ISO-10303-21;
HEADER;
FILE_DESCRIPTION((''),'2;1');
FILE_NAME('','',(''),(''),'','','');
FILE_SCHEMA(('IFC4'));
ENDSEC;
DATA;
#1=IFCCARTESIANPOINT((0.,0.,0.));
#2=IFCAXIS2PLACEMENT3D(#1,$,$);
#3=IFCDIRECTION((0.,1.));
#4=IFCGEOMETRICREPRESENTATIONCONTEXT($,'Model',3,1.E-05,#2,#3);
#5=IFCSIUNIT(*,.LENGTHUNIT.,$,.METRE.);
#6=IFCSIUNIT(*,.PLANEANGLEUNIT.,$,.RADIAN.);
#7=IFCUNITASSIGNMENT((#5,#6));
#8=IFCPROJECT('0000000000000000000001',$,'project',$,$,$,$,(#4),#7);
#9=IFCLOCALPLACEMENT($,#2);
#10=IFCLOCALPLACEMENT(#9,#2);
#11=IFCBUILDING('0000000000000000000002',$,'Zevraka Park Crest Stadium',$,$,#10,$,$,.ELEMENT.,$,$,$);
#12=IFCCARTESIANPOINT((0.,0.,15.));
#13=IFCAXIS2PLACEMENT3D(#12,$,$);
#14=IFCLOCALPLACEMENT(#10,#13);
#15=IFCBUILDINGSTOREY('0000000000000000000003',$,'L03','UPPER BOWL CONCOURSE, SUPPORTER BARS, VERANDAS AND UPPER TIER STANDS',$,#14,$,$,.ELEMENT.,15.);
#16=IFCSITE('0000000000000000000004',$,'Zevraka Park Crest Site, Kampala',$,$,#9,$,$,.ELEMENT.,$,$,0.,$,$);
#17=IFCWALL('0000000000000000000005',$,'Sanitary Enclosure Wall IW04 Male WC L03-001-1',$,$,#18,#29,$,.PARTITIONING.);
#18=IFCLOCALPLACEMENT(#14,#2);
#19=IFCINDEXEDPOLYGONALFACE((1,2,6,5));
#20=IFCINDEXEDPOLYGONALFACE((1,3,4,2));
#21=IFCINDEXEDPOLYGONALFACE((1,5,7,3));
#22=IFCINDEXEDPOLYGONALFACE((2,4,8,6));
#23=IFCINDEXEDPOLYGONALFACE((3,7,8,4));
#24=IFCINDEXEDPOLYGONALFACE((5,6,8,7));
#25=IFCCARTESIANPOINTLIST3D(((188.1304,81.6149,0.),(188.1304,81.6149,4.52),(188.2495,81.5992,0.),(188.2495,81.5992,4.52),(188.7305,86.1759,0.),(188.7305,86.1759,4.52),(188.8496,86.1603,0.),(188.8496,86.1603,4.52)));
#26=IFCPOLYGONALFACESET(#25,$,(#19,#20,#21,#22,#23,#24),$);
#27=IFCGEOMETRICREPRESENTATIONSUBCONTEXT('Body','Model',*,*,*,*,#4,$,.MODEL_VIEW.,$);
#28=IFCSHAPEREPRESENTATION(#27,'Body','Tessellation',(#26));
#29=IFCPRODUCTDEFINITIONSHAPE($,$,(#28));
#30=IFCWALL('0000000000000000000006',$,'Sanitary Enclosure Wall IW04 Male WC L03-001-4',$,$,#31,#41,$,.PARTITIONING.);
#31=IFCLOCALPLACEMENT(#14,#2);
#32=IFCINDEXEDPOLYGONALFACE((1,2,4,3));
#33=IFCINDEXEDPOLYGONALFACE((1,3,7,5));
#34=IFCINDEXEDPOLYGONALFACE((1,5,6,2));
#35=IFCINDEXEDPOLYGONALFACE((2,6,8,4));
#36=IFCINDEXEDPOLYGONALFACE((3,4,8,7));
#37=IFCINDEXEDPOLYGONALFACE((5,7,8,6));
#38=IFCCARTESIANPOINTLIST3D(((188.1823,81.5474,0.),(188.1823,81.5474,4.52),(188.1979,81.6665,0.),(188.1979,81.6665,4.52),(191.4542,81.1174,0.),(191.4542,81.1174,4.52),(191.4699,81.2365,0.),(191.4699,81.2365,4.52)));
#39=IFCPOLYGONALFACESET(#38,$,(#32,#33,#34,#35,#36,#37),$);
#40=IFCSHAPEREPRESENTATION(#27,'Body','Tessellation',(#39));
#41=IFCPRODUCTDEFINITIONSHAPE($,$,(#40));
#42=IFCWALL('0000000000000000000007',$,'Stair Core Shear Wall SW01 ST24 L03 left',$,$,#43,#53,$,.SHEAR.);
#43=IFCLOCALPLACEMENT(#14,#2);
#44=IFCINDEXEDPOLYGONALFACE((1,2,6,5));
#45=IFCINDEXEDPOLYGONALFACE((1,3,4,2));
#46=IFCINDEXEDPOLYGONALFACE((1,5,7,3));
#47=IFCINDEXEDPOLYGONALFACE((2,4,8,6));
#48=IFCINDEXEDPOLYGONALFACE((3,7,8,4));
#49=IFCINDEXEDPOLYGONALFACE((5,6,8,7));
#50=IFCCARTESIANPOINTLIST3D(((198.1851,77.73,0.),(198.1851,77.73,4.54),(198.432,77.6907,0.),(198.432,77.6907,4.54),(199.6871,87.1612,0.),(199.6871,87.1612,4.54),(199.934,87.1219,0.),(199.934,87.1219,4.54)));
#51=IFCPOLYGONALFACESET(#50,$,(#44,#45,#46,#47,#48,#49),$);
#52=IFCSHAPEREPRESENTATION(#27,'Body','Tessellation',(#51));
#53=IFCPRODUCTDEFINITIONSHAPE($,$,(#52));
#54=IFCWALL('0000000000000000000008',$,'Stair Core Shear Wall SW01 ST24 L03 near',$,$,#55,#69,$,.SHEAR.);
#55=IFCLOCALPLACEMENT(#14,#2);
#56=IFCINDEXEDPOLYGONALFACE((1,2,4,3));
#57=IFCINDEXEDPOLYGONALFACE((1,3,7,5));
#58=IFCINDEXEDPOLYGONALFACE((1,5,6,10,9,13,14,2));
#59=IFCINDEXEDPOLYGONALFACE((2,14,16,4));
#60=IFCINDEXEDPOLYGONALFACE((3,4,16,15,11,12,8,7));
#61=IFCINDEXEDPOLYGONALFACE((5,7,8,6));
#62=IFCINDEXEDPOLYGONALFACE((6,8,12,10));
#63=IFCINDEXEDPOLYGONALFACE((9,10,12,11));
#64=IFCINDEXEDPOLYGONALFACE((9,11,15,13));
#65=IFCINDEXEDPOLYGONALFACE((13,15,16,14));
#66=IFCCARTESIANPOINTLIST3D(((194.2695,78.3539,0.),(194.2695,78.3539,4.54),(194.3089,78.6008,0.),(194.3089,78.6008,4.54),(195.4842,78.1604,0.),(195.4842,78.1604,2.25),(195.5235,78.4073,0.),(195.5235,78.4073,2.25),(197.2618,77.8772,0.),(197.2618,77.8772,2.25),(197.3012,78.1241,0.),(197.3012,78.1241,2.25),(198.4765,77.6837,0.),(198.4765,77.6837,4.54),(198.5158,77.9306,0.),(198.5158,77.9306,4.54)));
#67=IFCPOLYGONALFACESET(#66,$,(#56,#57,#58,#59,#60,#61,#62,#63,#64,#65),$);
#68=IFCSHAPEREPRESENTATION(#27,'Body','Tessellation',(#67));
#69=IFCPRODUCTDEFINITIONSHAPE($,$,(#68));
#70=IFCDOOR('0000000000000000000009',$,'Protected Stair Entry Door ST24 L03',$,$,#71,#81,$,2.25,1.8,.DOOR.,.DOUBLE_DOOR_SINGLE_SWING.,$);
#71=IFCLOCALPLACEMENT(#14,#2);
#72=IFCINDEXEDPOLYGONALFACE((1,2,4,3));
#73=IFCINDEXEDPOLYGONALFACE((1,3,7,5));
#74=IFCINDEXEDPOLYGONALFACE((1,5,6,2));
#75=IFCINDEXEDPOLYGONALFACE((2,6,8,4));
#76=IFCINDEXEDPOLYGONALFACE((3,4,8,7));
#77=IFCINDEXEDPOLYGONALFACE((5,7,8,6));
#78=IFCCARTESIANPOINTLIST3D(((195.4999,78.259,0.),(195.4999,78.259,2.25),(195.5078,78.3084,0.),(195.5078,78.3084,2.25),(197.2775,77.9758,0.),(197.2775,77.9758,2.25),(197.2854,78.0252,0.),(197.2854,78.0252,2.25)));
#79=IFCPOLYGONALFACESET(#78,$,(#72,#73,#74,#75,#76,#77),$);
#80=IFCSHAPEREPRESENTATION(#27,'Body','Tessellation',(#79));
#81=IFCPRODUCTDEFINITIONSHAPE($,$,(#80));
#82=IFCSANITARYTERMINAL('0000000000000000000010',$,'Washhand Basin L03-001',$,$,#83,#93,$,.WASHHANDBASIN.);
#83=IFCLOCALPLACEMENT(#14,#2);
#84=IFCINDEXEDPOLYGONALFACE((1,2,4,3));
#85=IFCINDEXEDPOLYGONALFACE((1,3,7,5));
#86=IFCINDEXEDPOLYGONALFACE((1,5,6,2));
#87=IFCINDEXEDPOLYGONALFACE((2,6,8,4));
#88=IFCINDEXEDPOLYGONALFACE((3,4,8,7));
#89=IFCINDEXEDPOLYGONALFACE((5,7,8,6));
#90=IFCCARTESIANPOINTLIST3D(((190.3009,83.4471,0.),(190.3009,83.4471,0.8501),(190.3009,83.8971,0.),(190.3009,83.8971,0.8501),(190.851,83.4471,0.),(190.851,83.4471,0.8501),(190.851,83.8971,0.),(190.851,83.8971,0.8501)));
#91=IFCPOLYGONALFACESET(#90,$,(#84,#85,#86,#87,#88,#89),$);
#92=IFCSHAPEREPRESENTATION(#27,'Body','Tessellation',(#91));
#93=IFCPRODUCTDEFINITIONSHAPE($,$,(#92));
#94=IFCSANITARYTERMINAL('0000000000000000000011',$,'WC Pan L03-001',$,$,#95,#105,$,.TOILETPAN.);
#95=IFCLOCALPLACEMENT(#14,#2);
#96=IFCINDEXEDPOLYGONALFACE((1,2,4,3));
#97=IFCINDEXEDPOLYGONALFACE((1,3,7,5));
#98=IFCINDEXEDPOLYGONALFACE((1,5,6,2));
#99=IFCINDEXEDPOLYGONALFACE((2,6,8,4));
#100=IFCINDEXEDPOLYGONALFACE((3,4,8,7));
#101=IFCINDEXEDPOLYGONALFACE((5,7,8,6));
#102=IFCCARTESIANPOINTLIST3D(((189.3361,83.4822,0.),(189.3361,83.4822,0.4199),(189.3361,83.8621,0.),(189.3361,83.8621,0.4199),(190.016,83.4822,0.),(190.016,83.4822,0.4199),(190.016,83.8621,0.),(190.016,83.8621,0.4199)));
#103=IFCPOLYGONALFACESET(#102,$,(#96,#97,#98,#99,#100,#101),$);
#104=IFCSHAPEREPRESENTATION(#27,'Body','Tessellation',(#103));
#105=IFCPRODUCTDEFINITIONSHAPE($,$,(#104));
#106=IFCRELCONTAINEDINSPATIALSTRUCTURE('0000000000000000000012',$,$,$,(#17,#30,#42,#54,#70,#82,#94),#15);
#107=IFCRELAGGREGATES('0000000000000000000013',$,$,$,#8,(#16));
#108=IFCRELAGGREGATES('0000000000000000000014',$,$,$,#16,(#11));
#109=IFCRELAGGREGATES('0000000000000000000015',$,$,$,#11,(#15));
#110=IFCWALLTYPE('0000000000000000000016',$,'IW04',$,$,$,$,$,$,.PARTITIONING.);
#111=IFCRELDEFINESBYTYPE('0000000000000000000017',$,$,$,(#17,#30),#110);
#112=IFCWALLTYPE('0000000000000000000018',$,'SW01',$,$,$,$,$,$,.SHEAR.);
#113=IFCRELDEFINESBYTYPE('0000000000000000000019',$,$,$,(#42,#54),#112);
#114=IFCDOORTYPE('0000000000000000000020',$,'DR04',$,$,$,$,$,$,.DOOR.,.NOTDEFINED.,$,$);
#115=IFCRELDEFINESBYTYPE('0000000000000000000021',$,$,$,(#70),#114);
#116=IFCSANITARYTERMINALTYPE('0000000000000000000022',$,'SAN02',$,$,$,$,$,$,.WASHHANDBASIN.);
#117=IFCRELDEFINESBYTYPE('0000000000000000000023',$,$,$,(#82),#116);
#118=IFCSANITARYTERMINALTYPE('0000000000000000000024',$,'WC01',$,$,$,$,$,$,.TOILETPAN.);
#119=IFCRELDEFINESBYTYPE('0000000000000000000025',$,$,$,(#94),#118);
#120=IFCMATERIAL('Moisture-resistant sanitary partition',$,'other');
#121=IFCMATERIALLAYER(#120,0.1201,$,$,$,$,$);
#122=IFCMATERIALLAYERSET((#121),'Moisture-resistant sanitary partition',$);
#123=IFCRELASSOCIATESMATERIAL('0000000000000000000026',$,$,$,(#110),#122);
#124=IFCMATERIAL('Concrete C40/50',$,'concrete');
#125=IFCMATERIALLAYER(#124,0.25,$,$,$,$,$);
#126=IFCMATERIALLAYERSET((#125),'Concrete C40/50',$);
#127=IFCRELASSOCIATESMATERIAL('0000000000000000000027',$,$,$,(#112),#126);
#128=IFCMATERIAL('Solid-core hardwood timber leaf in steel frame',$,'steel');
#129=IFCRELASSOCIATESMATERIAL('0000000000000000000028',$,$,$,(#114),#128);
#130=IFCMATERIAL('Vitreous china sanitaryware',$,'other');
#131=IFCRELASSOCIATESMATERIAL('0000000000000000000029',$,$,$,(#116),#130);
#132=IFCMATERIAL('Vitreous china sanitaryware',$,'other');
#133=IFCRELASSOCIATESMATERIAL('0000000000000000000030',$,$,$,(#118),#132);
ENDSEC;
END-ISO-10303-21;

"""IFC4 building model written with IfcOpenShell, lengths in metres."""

from ifc_helpers import new_model, si_unit, direction, frame, frame_2d, origin, origin_2d, place, context, subcontext, project, spatial, rectangle, extrude, material, layer, layer_set, type_object, element, fill, save


model = new_model("IFC4")

# Units and contexts
model_context = context("Model", 3, precision=1e-05, world=origin(), true_north=direction((0.0, 1.0)))
body_context = subcontext(model_context, "Body", "Model", "MODEL_VIEW")
ifc_project = project(units=[si_unit("LENGTHUNIT", "METRE"), si_unit("PLANEANGLEUNIT", "RADIAN")], contexts=[model_context])

# Site, building, storey
site_placement = place(None, origin())
site = spatial("IfcSite", under=ifc_project, at=site_placement, Name="Zevraka Park Crest Site, Kampala", CompositionType="ELEMENT", RefElevation=0.0)
building_placement = place(site_placement, origin())
building = spatial("IfcBuilding", under=site, at=building_placement, Name="Zevraka Park Crest Stadium", CompositionType="ELEMENT")
storey_placement = place(building_placement, frame((0.0, 0.0, 15.0)))
storey = spatial("IfcBuildingStorey", under=building, at=storey_placement, Name="L03", Description="UPPER BOWL CONCOURSE, SUPPORTER BARS, VERANDAS AND UPPER TIER STANDS", CompositionType="ELEMENT", Elevation=15.0)

# Walls
ifc_material_1 = material(Name="Moisture-resistant sanitary partition", Category="other")
ifc_layer_1 = layer(ifc_material_1, 0.1201)
ifc_layer_set_1 = layer_set([ifc_layer_1], Name="Moisture-resistant sanitary partition")
wall_type_1 = type_object("IfcWallType", Name="IW04", PredefinedType="PARTITIONING", material=ifc_layer_set_1)
wall_1_placement = place(storey_placement, frame((188.1899, 81.6069, 0.0), z_axis=(0.0, 0.0, 1.0), x_axis=(0.130446, 0.991455, 0.0)))
element("IfcWall", 1, at=wall_1_placement, inside=storey, type_object=wall_type_1, Name="Sanitary Enclosure Wall IW04 Male WC L03-001-1", PredefinedType="PARTITIONING", context=body_context, shape_type="SweptSolid", body=[
    extrude(rectangle(XDim=4.6003, YDim=0.1201, at=frame_2d((2.3003, 0.0))), origin(), (0.0, 0.0, 1.0), 4.52),
])
wall_2_placement = place(storey_placement, frame((191.4619, 81.177, 0.0), z_axis=(0.0, 0.0, 1.0), x_axis=(-0.991477, 0.130278, 0.0)))
element("IfcWall", 2, at=wall_2_placement, inside=storey, type_object=wall_type_1, Name="Sanitary Enclosure Wall IW04 Male WC L03-001-4", PredefinedType="PARTITIONING", context=body_context, shape_type="SweptSolid", body=[
    extrude(rectangle(XDim=3.3, YDim=0.1201, at=frame_2d((1.6499, 0.0))), origin(), (0.0, 0.0, 1.0), 4.52),
])
ifc_material_2 = material(Name="Concrete C40/50", Category="concrete")
ifc_layer_2 = layer(ifc_material_2, 0.25)
ifc_layer_set_2 = layer_set([ifc_layer_2], Name="Concrete C40/50")
wall_type_2 = type_object("IfcWallType", Name="SW01", PredefinedType="SHEAR", material=ifc_layer_set_2)
wall_3_placement = place(storey_placement, frame((198.3086, 77.7104, 0.0), z_axis=(0.0, 0.0, 1.0), x_axis=(0.157273, 0.987555, 0.0)))
element("IfcWall", 3, at=wall_3_placement, inside=storey, type_object=wall_type_2, Name="Stair Core Shear Wall SW01 ST24 L03 left", PredefinedType="SHEAR", context=body_context, shape_type="SweptSolid", body=[
    extrude(rectangle(XDim=9.55, YDim=0.25, at=frame_2d((4.7749, 0.0))), origin(), (0.0, 0.0, 1.0), 4.54),
])

# Wall, opening, door
wall_4_placement = place(storey_placement, frame((194.2893, 78.4773, 0.0), z_axis=(0.0, 0.0, 1.0), x_axis=(0.987549, -0.157313, 0.0)))
wall_4 = element("IfcWall", 4, at=wall_4_placement, inside=storey, type_object=wall_type_2, Name="Stair Core Shear Wall SW01 ST24 L03 near", PredefinedType="SHEAR", context=body_context, shape_type="SweptSolid", body=[
    extrude(rectangle(XDim=4.26, YDim=0.25, at=frame_2d((2.1299, 0.0))), origin(), (0.0, 0.0, 1.0), 4.54),
])
opening_placement = place(wall_4_placement, frame((1.23, 0.0, 0.0)))
opening = element("IfcOpeningElement", 5, at=opening_placement, cuts=wall_4, PredefinedType="OPENING", context=body_context, shape_type="SweptSolid", body=[
    extrude(rectangle(XDim=1.8, YDim=2.25, at=frame_2d((0.8999, 1.125))), frame((0.0, 0.135, 0.0), z_axis=(0.0, -1.0, 0.0), x_axis=(1.0, 0.0, 0.0)), (0.0, 0.0, 1.0), 0.27),
])
ifc_material_3 = material(Name="Solid-core hardwood timber leaf in steel frame", Category="steel")
door_type = type_object("IfcDoorType", Name="DR04", OperationType="NOTDEFINED", PredefinedType="DOOR", material=ifc_material_3)
door_placement = place(opening_placement, origin())
door = element("IfcDoor", 6, at=door_placement, inside=storey, type_object=door_type, Name="Protected Stair Entry Door ST24 L03", OperationType="DOUBLE_DOOR_SINGLE_SWING", OverallHeight=2.25, OverallWidth=1.8, PredefinedType="DOOR", context=body_context, shape_type="SweptSolid", body=[
    extrude(rectangle(XDim=1.8, YDim=2.25, at=frame_2d((0.8999, 1.125))), frame((0.0, 0.0249, 0.0), z_axis=(0.0, -1.0, 0.0), x_axis=(1.0, 0.0, 0.0)), (0.0, 0.0, 1.0), 0.05),
])
fill(opening, door)

# Sanitary terminals
ifc_material_4 = material(Name="Vitreous china sanitaryware", Category="other")
sanitary_terminal_type_1 = type_object("IfcSanitaryTerminalType", Name="SAN02", PredefinedType="WASHHANDBASIN", material=ifc_material_4)
sanitary_terminal_1_placement = place(storey_placement, frame((190.5759, 83.6721, 0.0), z_axis=(0.0, 0.0, 1.0), x_axis=(1.0, 0.0, 0.0)))
element("IfcSanitaryTerminal", 7, at=sanitary_terminal_1_placement, inside=storey, type_object=sanitary_terminal_type_1, Name="Washhand Basin L03-001", PredefinedType="WASHHANDBASIN", context=body_context, shape_type="SweptSolid", body=[
    extrude(rectangle(XDim=0.55, YDim=0.45, at=origin_2d()), origin(), (0.0, 0.0, 1.0), 0.8501),
])
ifc_material_5 = material(Name="Vitreous china sanitaryware", Category="other")
sanitary_terminal_type_2 = type_object("IfcSanitaryTerminalType", Name="WC01", PredefinedType="TOILETPAN", material=ifc_material_5)
sanitary_terminal_2_placement = place(storey_placement, frame((189.676, 83.6721, 0.0), z_axis=(0.0, 0.0, 1.0), x_axis=(1.0, 0.0, 0.0)))
element("IfcSanitaryTerminal", 8, at=sanitary_terminal_2_placement, inside=storey, type_object=sanitary_terminal_type_2, Name="WC Pan L03-001", PredefinedType="TOILETPAN", context=body_context, shape_type="SweptSolid", body=[
    extrude(rectangle(XDim=0.6799, YDim=0.3799, at=origin_2d()), origin(), (0.0, 0.0, 1.0), 0.4199),
])

save(model, "model.ifc")
